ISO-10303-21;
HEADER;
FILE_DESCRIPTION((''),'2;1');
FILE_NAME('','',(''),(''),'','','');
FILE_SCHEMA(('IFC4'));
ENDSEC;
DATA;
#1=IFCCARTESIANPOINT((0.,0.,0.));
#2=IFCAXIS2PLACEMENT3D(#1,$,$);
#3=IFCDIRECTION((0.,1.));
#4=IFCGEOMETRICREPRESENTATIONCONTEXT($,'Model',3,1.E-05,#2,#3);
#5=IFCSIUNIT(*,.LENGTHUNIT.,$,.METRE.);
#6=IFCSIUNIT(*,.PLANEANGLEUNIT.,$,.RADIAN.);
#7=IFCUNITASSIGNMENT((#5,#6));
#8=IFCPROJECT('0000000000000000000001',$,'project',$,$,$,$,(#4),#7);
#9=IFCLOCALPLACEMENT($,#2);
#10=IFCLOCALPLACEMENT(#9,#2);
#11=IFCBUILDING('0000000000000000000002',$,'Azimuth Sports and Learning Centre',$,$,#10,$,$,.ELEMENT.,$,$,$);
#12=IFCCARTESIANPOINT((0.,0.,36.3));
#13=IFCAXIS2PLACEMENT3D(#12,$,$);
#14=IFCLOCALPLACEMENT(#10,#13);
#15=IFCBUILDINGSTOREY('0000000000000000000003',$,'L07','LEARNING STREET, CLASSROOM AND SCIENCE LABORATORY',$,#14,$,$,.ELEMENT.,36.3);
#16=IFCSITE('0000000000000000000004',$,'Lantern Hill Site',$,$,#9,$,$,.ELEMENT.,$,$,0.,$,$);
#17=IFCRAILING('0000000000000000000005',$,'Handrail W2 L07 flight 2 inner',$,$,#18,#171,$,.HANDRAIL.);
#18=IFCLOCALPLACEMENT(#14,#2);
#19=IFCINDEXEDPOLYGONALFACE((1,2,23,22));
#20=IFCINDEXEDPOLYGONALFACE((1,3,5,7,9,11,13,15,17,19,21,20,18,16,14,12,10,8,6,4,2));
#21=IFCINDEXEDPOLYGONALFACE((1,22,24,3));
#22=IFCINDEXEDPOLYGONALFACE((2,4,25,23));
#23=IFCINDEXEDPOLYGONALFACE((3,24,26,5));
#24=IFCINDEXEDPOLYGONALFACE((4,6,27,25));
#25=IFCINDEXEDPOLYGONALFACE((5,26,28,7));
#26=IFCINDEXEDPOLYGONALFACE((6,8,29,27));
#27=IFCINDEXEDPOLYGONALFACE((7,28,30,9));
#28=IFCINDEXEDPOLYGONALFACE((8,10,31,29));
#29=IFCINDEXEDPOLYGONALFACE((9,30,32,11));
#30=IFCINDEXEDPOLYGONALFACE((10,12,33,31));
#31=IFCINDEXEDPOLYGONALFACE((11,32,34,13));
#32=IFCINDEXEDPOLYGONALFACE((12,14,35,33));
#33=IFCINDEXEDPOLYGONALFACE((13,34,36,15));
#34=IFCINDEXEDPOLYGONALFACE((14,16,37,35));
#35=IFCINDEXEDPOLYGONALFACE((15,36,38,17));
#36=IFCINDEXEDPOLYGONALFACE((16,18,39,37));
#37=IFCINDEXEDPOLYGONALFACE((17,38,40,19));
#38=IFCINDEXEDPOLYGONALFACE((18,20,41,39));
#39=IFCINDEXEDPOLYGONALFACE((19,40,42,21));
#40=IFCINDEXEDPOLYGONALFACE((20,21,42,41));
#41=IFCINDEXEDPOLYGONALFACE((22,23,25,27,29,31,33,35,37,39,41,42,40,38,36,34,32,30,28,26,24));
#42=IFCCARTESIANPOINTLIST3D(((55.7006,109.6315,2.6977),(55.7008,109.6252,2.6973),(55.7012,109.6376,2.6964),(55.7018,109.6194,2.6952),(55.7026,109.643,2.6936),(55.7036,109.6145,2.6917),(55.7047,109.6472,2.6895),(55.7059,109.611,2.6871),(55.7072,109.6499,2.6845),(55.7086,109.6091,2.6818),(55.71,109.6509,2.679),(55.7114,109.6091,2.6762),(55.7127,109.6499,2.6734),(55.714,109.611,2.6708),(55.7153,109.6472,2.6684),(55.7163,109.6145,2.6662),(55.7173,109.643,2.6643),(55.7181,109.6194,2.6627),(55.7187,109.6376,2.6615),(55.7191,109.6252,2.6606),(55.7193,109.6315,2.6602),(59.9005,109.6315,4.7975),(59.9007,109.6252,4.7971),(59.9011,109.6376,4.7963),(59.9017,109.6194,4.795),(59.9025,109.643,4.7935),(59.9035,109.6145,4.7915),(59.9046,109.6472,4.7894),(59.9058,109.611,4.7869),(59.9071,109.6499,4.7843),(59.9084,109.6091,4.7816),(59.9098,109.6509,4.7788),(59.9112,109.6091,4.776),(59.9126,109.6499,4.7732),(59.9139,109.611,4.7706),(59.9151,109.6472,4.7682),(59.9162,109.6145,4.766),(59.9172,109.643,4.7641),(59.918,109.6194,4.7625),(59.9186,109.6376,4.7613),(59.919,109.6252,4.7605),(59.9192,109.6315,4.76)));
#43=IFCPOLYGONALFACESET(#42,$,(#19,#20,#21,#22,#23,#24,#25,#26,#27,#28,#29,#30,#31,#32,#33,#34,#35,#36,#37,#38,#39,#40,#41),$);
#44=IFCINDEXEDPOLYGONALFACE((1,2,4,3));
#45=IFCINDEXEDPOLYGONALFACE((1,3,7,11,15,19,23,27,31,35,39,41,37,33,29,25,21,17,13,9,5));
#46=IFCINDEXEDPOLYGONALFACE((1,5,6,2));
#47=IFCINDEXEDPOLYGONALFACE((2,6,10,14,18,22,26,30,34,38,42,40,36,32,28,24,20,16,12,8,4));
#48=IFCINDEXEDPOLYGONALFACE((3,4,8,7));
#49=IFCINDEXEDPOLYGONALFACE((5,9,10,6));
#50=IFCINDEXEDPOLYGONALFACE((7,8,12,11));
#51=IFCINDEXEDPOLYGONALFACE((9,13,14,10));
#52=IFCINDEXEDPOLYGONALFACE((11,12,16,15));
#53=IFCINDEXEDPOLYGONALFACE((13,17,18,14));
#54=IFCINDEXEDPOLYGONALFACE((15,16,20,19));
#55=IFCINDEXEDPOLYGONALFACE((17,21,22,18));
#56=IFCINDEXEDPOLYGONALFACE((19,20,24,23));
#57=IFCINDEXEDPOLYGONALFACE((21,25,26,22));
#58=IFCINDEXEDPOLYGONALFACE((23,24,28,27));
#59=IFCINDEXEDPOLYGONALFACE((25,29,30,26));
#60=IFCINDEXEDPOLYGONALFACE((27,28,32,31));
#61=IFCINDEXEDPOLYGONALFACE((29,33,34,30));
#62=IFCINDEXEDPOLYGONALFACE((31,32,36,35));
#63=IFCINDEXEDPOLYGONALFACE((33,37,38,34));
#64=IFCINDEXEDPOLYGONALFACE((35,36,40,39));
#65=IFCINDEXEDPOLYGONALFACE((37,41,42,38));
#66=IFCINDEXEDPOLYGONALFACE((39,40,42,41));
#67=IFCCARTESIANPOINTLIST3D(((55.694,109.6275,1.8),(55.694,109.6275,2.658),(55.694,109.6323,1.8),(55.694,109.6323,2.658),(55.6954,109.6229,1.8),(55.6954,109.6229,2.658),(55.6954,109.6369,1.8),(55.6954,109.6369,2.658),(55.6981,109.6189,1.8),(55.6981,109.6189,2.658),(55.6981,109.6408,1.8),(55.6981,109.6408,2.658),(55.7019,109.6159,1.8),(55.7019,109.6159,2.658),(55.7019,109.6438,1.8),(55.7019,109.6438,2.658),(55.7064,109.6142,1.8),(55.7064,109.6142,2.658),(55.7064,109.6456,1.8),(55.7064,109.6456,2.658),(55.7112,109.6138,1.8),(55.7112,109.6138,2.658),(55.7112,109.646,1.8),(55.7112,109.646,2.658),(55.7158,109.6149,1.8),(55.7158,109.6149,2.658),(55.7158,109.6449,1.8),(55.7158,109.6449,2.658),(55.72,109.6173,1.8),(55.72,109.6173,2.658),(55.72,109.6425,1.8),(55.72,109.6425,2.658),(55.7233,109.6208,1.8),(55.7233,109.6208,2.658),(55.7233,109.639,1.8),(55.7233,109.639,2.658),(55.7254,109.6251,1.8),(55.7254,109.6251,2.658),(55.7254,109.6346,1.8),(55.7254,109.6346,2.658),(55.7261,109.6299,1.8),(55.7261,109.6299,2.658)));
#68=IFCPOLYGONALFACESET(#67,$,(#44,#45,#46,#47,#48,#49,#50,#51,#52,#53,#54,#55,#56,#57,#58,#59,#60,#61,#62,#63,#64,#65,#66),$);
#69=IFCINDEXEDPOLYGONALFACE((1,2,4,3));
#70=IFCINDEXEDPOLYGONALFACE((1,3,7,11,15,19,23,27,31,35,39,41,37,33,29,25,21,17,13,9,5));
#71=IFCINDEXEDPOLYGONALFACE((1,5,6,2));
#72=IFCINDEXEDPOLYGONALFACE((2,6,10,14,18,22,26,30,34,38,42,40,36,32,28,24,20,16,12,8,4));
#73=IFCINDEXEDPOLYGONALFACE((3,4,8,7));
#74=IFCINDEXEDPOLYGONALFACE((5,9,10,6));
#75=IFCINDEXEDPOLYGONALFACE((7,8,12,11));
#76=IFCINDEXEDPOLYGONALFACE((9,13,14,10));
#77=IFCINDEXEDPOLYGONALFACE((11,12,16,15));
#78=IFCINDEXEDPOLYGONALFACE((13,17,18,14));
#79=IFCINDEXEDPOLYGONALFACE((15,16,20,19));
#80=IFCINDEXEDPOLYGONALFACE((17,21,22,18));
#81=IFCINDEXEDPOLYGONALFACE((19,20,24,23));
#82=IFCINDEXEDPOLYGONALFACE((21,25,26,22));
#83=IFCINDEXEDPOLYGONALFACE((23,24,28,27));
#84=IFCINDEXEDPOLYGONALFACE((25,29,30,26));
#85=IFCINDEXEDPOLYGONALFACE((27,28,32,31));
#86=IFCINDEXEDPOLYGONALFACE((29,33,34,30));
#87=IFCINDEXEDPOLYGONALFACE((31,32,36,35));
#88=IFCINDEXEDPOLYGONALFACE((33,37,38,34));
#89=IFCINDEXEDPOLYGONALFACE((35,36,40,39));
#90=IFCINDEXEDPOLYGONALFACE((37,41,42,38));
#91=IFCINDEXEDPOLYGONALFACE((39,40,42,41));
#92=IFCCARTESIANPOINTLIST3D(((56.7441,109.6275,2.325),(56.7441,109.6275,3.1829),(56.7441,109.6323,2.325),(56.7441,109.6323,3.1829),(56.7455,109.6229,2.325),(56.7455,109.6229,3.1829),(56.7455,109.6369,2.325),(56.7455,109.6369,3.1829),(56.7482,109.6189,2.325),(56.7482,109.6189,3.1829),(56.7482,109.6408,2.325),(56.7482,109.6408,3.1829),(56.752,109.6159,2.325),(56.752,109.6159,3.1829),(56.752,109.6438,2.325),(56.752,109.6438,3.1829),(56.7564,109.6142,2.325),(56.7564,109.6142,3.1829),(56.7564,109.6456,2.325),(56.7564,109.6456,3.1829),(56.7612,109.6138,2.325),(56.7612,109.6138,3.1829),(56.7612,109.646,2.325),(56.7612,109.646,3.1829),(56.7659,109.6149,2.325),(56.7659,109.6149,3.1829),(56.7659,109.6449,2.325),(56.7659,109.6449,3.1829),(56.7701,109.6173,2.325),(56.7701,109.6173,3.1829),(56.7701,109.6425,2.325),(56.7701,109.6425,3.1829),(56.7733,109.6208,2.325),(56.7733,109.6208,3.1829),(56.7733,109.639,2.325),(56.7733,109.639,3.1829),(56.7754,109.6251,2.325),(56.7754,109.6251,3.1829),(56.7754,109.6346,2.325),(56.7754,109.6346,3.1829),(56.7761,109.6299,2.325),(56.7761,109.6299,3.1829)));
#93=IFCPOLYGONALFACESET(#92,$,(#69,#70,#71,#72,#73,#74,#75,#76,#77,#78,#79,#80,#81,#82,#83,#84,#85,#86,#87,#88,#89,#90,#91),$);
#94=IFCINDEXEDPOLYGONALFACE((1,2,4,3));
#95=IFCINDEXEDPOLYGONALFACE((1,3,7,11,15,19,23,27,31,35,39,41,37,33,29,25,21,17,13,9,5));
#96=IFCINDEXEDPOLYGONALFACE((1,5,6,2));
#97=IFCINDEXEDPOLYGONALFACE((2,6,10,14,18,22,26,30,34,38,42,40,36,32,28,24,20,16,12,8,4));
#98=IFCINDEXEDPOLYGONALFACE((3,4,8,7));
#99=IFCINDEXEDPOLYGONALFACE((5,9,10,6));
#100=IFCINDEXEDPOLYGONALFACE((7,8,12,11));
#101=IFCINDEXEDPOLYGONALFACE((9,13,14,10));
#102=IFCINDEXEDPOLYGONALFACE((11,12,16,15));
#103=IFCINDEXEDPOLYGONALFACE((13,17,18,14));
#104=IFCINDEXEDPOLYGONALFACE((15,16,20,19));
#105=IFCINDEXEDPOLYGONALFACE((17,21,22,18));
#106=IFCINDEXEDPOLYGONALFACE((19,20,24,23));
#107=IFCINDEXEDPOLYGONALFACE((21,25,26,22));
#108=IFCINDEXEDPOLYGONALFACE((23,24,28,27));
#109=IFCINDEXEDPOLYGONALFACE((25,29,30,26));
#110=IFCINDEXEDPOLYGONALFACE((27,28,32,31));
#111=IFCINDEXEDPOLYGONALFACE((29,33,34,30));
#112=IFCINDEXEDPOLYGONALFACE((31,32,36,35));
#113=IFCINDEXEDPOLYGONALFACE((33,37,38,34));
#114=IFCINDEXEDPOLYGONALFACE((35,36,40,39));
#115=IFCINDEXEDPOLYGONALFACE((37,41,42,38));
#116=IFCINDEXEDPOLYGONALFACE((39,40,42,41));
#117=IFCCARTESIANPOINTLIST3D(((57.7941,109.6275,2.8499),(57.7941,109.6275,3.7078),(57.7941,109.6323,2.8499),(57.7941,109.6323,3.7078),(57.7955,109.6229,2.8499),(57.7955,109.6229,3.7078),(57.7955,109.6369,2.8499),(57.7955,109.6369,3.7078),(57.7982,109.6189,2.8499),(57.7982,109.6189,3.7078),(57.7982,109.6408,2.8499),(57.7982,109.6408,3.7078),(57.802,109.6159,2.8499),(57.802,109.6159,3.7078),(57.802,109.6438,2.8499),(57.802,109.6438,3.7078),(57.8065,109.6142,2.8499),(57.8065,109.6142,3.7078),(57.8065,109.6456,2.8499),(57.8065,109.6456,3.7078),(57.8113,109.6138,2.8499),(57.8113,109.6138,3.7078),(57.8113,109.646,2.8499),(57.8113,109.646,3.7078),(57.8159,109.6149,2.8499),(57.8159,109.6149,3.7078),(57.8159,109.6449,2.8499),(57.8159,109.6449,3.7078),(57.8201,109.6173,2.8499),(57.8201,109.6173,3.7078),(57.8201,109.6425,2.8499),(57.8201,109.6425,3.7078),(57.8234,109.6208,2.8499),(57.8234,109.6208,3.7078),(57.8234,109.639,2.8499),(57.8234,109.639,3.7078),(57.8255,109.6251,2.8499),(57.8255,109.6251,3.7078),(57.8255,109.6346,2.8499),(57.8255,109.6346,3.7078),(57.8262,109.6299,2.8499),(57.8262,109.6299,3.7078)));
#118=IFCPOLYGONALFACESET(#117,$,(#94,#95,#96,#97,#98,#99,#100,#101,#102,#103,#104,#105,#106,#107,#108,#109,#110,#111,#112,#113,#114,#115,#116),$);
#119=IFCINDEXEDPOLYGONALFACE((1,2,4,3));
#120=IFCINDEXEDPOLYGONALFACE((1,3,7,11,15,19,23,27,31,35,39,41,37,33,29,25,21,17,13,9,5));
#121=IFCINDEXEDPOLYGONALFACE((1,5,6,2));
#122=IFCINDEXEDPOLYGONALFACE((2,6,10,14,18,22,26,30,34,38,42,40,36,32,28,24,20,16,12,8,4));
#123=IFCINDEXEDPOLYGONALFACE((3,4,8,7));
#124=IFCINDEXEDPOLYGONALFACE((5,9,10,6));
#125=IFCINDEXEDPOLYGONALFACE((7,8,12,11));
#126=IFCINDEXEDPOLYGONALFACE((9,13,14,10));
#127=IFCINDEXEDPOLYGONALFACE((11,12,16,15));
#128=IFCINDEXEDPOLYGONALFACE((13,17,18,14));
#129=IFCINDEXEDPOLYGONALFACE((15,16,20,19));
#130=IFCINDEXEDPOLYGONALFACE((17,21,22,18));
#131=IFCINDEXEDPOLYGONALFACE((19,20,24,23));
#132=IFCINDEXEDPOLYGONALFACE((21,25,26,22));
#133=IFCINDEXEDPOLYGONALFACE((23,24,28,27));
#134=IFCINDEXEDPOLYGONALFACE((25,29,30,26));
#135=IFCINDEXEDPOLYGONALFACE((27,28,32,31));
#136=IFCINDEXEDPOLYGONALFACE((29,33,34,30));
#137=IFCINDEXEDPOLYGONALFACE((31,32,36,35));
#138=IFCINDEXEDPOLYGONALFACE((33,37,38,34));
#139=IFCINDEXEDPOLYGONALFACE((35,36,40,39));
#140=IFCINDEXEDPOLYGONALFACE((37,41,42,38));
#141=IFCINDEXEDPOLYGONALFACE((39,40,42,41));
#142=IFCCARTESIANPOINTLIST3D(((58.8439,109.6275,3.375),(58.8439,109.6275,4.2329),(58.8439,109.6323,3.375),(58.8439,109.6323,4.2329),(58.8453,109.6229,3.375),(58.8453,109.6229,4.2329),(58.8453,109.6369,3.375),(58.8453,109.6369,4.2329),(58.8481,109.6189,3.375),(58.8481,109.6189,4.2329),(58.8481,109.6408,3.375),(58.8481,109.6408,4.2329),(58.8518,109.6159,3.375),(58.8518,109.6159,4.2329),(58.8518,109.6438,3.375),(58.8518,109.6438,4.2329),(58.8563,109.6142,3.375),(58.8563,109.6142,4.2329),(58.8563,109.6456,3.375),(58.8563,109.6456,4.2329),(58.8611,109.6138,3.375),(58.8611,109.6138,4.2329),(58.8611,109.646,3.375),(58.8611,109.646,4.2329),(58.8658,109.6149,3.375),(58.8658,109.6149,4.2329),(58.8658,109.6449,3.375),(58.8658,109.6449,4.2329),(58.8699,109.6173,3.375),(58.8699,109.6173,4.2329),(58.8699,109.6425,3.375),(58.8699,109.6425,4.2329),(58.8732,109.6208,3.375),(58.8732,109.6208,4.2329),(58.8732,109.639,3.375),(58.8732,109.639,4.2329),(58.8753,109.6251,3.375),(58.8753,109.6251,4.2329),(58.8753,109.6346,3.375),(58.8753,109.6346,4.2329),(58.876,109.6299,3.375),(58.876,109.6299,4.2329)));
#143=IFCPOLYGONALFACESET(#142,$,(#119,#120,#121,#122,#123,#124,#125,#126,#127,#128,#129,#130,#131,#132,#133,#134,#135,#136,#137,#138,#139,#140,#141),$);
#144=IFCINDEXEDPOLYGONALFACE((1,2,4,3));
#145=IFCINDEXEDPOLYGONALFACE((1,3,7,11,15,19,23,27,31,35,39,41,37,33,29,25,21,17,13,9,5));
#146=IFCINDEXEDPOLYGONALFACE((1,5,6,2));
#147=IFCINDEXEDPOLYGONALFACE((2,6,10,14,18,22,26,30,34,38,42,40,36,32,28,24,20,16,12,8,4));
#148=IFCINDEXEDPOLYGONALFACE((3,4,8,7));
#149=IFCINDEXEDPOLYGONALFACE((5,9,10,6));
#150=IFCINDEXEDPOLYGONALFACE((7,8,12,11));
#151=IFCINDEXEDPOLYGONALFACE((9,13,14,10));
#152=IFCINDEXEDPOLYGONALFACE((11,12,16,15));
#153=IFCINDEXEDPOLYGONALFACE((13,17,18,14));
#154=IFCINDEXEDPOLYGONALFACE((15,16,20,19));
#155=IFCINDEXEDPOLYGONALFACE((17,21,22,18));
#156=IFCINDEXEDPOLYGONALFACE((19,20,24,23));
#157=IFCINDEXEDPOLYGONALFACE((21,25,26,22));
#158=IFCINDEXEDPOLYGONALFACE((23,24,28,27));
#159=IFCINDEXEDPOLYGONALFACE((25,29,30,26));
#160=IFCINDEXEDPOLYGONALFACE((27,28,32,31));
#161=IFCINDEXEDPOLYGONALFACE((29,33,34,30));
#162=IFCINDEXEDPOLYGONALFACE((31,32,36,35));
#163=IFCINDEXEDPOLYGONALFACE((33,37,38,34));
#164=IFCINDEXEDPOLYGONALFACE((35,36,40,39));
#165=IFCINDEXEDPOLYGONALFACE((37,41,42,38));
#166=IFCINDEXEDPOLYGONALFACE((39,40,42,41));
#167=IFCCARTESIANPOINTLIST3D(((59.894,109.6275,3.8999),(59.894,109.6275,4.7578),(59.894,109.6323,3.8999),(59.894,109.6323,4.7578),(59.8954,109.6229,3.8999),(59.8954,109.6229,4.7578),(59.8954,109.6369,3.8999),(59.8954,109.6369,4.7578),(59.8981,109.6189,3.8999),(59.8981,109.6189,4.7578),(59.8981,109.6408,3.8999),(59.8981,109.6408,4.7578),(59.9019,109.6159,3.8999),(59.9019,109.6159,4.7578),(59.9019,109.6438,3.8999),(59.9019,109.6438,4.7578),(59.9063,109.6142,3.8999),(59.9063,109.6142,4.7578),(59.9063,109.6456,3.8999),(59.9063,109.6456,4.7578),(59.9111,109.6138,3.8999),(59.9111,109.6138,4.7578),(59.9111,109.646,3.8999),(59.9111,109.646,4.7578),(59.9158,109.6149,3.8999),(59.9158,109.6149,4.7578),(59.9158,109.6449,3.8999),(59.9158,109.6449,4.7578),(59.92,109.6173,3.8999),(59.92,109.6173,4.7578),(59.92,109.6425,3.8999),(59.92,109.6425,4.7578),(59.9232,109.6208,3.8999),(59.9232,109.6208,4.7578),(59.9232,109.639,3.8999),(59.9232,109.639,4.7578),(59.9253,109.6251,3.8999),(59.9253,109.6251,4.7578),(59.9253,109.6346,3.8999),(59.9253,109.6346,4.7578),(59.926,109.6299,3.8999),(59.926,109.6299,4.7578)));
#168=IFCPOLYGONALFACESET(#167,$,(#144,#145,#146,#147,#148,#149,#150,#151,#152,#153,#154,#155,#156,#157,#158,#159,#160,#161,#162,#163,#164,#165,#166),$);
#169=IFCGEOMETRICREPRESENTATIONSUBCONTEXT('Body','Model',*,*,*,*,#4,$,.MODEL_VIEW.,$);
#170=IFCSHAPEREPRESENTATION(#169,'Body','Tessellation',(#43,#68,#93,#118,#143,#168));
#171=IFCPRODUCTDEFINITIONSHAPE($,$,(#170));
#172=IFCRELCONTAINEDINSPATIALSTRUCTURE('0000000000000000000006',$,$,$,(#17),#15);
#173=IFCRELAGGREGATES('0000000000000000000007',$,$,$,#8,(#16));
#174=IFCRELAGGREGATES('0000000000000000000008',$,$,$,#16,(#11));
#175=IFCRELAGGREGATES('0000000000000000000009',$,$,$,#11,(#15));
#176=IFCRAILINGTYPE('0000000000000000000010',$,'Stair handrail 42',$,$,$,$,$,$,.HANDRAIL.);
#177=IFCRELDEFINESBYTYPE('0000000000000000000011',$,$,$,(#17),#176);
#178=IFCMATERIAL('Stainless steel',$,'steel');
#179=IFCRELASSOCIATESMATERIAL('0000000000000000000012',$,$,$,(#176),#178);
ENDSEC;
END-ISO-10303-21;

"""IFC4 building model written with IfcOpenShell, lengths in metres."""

from ifc_helpers import new_model, si_unit, direction, frame, origin, origin_2d, place, context, subcontext, project, spatial, circle, extrude, material, type_object, element, save


model = new_model("IFC4")

# Units and contexts
model_context = context("Model", 3, precision=1e-05, world=origin(), true_north=direction((0.0, 1.0)))
body_context = subcontext(model_context, "Body", "Model", "MODEL_VIEW")
ifc_project = project(units=[si_unit("LENGTHUNIT", "METRE"), si_unit("PLANEANGLEUNIT", "RADIAN")], contexts=[model_context])

# Site, building, storey
site_placement = place(None, origin())
site = spatial("IfcSite", under=ifc_project, at=site_placement, Name="Lantern Hill Site", CompositionType="ELEMENT", RefElevation=0.0)
building_placement = place(site_placement, origin())
building = spatial("IfcBuilding", under=site, at=building_placement, Name="Azimuth Sports and Learning Centre", CompositionType="ELEMENT")
storey_placement = place(building_placement, frame((0.0, 0.0, 36.3)))
storey = spatial("IfcBuildingStorey", under=building, at=storey_placement, Name="L07", Description="LEARNING STREET, CLASSROOM AND SCIENCE LABORATORY", CompositionType="ELEMENT", Elevation=36.3)

# Railing
ifc_material_1 = material(Name="Stainless steel", Category="steel")
railing_type_1 = type_object("IfcRailingType", Name="Stair handrail 42", PredefinedType="HANDRAIL", material=ifc_material_1)
railing_1_placement = place(storey_placement, frame((55.71, 109.6299, 1.8)))
element("IfcRailing", 1, at=railing_1_placement, inside=storey, type_object=railing_type_1, Name="Handrail W2 L07 flight 2 inner", PredefinedType="HANDRAIL", context=body_context, shape_type="SweptSolid", body=[
    extrude(circle(Radius=0.021, at=origin_2d()), frame((0.0, 0.0, 0.8789), z_axis=(0.894438, 0.0, 0.447193), x_axis=(0.0, 1.0, 0.0)), (0.0, 0.0, 1.0), 4.6956),
    extrude(circle(Radius=0.0161, at=origin_2d()), origin(), (0.0, 0.0, 1.0), 0.8579),
    extrude(circle(Radius=0.0161, at=origin_2d()), frame((1.05, 0.0, 0.5249)), (0.0, 0.0, 1.0), 0.8579),
    extrude(circle(Radius=0.0161, at=origin_2d()), frame((2.1001, 0.0, 1.0498)), (0.0, 0.0, 1.0), 0.8579),
    extrude(circle(Radius=0.0161, at=origin_2d()), frame((3.1499, 0.0, 1.575)), (0.0, 0.0, 1.0), 0.8579),
    extrude(circle(Radius=0.0161, at=origin_2d()), frame((4.2, 0.0, 2.0999)), (0.0, 0.0, 1.0), 0.8579),
])

save(model, "model.ifc")
